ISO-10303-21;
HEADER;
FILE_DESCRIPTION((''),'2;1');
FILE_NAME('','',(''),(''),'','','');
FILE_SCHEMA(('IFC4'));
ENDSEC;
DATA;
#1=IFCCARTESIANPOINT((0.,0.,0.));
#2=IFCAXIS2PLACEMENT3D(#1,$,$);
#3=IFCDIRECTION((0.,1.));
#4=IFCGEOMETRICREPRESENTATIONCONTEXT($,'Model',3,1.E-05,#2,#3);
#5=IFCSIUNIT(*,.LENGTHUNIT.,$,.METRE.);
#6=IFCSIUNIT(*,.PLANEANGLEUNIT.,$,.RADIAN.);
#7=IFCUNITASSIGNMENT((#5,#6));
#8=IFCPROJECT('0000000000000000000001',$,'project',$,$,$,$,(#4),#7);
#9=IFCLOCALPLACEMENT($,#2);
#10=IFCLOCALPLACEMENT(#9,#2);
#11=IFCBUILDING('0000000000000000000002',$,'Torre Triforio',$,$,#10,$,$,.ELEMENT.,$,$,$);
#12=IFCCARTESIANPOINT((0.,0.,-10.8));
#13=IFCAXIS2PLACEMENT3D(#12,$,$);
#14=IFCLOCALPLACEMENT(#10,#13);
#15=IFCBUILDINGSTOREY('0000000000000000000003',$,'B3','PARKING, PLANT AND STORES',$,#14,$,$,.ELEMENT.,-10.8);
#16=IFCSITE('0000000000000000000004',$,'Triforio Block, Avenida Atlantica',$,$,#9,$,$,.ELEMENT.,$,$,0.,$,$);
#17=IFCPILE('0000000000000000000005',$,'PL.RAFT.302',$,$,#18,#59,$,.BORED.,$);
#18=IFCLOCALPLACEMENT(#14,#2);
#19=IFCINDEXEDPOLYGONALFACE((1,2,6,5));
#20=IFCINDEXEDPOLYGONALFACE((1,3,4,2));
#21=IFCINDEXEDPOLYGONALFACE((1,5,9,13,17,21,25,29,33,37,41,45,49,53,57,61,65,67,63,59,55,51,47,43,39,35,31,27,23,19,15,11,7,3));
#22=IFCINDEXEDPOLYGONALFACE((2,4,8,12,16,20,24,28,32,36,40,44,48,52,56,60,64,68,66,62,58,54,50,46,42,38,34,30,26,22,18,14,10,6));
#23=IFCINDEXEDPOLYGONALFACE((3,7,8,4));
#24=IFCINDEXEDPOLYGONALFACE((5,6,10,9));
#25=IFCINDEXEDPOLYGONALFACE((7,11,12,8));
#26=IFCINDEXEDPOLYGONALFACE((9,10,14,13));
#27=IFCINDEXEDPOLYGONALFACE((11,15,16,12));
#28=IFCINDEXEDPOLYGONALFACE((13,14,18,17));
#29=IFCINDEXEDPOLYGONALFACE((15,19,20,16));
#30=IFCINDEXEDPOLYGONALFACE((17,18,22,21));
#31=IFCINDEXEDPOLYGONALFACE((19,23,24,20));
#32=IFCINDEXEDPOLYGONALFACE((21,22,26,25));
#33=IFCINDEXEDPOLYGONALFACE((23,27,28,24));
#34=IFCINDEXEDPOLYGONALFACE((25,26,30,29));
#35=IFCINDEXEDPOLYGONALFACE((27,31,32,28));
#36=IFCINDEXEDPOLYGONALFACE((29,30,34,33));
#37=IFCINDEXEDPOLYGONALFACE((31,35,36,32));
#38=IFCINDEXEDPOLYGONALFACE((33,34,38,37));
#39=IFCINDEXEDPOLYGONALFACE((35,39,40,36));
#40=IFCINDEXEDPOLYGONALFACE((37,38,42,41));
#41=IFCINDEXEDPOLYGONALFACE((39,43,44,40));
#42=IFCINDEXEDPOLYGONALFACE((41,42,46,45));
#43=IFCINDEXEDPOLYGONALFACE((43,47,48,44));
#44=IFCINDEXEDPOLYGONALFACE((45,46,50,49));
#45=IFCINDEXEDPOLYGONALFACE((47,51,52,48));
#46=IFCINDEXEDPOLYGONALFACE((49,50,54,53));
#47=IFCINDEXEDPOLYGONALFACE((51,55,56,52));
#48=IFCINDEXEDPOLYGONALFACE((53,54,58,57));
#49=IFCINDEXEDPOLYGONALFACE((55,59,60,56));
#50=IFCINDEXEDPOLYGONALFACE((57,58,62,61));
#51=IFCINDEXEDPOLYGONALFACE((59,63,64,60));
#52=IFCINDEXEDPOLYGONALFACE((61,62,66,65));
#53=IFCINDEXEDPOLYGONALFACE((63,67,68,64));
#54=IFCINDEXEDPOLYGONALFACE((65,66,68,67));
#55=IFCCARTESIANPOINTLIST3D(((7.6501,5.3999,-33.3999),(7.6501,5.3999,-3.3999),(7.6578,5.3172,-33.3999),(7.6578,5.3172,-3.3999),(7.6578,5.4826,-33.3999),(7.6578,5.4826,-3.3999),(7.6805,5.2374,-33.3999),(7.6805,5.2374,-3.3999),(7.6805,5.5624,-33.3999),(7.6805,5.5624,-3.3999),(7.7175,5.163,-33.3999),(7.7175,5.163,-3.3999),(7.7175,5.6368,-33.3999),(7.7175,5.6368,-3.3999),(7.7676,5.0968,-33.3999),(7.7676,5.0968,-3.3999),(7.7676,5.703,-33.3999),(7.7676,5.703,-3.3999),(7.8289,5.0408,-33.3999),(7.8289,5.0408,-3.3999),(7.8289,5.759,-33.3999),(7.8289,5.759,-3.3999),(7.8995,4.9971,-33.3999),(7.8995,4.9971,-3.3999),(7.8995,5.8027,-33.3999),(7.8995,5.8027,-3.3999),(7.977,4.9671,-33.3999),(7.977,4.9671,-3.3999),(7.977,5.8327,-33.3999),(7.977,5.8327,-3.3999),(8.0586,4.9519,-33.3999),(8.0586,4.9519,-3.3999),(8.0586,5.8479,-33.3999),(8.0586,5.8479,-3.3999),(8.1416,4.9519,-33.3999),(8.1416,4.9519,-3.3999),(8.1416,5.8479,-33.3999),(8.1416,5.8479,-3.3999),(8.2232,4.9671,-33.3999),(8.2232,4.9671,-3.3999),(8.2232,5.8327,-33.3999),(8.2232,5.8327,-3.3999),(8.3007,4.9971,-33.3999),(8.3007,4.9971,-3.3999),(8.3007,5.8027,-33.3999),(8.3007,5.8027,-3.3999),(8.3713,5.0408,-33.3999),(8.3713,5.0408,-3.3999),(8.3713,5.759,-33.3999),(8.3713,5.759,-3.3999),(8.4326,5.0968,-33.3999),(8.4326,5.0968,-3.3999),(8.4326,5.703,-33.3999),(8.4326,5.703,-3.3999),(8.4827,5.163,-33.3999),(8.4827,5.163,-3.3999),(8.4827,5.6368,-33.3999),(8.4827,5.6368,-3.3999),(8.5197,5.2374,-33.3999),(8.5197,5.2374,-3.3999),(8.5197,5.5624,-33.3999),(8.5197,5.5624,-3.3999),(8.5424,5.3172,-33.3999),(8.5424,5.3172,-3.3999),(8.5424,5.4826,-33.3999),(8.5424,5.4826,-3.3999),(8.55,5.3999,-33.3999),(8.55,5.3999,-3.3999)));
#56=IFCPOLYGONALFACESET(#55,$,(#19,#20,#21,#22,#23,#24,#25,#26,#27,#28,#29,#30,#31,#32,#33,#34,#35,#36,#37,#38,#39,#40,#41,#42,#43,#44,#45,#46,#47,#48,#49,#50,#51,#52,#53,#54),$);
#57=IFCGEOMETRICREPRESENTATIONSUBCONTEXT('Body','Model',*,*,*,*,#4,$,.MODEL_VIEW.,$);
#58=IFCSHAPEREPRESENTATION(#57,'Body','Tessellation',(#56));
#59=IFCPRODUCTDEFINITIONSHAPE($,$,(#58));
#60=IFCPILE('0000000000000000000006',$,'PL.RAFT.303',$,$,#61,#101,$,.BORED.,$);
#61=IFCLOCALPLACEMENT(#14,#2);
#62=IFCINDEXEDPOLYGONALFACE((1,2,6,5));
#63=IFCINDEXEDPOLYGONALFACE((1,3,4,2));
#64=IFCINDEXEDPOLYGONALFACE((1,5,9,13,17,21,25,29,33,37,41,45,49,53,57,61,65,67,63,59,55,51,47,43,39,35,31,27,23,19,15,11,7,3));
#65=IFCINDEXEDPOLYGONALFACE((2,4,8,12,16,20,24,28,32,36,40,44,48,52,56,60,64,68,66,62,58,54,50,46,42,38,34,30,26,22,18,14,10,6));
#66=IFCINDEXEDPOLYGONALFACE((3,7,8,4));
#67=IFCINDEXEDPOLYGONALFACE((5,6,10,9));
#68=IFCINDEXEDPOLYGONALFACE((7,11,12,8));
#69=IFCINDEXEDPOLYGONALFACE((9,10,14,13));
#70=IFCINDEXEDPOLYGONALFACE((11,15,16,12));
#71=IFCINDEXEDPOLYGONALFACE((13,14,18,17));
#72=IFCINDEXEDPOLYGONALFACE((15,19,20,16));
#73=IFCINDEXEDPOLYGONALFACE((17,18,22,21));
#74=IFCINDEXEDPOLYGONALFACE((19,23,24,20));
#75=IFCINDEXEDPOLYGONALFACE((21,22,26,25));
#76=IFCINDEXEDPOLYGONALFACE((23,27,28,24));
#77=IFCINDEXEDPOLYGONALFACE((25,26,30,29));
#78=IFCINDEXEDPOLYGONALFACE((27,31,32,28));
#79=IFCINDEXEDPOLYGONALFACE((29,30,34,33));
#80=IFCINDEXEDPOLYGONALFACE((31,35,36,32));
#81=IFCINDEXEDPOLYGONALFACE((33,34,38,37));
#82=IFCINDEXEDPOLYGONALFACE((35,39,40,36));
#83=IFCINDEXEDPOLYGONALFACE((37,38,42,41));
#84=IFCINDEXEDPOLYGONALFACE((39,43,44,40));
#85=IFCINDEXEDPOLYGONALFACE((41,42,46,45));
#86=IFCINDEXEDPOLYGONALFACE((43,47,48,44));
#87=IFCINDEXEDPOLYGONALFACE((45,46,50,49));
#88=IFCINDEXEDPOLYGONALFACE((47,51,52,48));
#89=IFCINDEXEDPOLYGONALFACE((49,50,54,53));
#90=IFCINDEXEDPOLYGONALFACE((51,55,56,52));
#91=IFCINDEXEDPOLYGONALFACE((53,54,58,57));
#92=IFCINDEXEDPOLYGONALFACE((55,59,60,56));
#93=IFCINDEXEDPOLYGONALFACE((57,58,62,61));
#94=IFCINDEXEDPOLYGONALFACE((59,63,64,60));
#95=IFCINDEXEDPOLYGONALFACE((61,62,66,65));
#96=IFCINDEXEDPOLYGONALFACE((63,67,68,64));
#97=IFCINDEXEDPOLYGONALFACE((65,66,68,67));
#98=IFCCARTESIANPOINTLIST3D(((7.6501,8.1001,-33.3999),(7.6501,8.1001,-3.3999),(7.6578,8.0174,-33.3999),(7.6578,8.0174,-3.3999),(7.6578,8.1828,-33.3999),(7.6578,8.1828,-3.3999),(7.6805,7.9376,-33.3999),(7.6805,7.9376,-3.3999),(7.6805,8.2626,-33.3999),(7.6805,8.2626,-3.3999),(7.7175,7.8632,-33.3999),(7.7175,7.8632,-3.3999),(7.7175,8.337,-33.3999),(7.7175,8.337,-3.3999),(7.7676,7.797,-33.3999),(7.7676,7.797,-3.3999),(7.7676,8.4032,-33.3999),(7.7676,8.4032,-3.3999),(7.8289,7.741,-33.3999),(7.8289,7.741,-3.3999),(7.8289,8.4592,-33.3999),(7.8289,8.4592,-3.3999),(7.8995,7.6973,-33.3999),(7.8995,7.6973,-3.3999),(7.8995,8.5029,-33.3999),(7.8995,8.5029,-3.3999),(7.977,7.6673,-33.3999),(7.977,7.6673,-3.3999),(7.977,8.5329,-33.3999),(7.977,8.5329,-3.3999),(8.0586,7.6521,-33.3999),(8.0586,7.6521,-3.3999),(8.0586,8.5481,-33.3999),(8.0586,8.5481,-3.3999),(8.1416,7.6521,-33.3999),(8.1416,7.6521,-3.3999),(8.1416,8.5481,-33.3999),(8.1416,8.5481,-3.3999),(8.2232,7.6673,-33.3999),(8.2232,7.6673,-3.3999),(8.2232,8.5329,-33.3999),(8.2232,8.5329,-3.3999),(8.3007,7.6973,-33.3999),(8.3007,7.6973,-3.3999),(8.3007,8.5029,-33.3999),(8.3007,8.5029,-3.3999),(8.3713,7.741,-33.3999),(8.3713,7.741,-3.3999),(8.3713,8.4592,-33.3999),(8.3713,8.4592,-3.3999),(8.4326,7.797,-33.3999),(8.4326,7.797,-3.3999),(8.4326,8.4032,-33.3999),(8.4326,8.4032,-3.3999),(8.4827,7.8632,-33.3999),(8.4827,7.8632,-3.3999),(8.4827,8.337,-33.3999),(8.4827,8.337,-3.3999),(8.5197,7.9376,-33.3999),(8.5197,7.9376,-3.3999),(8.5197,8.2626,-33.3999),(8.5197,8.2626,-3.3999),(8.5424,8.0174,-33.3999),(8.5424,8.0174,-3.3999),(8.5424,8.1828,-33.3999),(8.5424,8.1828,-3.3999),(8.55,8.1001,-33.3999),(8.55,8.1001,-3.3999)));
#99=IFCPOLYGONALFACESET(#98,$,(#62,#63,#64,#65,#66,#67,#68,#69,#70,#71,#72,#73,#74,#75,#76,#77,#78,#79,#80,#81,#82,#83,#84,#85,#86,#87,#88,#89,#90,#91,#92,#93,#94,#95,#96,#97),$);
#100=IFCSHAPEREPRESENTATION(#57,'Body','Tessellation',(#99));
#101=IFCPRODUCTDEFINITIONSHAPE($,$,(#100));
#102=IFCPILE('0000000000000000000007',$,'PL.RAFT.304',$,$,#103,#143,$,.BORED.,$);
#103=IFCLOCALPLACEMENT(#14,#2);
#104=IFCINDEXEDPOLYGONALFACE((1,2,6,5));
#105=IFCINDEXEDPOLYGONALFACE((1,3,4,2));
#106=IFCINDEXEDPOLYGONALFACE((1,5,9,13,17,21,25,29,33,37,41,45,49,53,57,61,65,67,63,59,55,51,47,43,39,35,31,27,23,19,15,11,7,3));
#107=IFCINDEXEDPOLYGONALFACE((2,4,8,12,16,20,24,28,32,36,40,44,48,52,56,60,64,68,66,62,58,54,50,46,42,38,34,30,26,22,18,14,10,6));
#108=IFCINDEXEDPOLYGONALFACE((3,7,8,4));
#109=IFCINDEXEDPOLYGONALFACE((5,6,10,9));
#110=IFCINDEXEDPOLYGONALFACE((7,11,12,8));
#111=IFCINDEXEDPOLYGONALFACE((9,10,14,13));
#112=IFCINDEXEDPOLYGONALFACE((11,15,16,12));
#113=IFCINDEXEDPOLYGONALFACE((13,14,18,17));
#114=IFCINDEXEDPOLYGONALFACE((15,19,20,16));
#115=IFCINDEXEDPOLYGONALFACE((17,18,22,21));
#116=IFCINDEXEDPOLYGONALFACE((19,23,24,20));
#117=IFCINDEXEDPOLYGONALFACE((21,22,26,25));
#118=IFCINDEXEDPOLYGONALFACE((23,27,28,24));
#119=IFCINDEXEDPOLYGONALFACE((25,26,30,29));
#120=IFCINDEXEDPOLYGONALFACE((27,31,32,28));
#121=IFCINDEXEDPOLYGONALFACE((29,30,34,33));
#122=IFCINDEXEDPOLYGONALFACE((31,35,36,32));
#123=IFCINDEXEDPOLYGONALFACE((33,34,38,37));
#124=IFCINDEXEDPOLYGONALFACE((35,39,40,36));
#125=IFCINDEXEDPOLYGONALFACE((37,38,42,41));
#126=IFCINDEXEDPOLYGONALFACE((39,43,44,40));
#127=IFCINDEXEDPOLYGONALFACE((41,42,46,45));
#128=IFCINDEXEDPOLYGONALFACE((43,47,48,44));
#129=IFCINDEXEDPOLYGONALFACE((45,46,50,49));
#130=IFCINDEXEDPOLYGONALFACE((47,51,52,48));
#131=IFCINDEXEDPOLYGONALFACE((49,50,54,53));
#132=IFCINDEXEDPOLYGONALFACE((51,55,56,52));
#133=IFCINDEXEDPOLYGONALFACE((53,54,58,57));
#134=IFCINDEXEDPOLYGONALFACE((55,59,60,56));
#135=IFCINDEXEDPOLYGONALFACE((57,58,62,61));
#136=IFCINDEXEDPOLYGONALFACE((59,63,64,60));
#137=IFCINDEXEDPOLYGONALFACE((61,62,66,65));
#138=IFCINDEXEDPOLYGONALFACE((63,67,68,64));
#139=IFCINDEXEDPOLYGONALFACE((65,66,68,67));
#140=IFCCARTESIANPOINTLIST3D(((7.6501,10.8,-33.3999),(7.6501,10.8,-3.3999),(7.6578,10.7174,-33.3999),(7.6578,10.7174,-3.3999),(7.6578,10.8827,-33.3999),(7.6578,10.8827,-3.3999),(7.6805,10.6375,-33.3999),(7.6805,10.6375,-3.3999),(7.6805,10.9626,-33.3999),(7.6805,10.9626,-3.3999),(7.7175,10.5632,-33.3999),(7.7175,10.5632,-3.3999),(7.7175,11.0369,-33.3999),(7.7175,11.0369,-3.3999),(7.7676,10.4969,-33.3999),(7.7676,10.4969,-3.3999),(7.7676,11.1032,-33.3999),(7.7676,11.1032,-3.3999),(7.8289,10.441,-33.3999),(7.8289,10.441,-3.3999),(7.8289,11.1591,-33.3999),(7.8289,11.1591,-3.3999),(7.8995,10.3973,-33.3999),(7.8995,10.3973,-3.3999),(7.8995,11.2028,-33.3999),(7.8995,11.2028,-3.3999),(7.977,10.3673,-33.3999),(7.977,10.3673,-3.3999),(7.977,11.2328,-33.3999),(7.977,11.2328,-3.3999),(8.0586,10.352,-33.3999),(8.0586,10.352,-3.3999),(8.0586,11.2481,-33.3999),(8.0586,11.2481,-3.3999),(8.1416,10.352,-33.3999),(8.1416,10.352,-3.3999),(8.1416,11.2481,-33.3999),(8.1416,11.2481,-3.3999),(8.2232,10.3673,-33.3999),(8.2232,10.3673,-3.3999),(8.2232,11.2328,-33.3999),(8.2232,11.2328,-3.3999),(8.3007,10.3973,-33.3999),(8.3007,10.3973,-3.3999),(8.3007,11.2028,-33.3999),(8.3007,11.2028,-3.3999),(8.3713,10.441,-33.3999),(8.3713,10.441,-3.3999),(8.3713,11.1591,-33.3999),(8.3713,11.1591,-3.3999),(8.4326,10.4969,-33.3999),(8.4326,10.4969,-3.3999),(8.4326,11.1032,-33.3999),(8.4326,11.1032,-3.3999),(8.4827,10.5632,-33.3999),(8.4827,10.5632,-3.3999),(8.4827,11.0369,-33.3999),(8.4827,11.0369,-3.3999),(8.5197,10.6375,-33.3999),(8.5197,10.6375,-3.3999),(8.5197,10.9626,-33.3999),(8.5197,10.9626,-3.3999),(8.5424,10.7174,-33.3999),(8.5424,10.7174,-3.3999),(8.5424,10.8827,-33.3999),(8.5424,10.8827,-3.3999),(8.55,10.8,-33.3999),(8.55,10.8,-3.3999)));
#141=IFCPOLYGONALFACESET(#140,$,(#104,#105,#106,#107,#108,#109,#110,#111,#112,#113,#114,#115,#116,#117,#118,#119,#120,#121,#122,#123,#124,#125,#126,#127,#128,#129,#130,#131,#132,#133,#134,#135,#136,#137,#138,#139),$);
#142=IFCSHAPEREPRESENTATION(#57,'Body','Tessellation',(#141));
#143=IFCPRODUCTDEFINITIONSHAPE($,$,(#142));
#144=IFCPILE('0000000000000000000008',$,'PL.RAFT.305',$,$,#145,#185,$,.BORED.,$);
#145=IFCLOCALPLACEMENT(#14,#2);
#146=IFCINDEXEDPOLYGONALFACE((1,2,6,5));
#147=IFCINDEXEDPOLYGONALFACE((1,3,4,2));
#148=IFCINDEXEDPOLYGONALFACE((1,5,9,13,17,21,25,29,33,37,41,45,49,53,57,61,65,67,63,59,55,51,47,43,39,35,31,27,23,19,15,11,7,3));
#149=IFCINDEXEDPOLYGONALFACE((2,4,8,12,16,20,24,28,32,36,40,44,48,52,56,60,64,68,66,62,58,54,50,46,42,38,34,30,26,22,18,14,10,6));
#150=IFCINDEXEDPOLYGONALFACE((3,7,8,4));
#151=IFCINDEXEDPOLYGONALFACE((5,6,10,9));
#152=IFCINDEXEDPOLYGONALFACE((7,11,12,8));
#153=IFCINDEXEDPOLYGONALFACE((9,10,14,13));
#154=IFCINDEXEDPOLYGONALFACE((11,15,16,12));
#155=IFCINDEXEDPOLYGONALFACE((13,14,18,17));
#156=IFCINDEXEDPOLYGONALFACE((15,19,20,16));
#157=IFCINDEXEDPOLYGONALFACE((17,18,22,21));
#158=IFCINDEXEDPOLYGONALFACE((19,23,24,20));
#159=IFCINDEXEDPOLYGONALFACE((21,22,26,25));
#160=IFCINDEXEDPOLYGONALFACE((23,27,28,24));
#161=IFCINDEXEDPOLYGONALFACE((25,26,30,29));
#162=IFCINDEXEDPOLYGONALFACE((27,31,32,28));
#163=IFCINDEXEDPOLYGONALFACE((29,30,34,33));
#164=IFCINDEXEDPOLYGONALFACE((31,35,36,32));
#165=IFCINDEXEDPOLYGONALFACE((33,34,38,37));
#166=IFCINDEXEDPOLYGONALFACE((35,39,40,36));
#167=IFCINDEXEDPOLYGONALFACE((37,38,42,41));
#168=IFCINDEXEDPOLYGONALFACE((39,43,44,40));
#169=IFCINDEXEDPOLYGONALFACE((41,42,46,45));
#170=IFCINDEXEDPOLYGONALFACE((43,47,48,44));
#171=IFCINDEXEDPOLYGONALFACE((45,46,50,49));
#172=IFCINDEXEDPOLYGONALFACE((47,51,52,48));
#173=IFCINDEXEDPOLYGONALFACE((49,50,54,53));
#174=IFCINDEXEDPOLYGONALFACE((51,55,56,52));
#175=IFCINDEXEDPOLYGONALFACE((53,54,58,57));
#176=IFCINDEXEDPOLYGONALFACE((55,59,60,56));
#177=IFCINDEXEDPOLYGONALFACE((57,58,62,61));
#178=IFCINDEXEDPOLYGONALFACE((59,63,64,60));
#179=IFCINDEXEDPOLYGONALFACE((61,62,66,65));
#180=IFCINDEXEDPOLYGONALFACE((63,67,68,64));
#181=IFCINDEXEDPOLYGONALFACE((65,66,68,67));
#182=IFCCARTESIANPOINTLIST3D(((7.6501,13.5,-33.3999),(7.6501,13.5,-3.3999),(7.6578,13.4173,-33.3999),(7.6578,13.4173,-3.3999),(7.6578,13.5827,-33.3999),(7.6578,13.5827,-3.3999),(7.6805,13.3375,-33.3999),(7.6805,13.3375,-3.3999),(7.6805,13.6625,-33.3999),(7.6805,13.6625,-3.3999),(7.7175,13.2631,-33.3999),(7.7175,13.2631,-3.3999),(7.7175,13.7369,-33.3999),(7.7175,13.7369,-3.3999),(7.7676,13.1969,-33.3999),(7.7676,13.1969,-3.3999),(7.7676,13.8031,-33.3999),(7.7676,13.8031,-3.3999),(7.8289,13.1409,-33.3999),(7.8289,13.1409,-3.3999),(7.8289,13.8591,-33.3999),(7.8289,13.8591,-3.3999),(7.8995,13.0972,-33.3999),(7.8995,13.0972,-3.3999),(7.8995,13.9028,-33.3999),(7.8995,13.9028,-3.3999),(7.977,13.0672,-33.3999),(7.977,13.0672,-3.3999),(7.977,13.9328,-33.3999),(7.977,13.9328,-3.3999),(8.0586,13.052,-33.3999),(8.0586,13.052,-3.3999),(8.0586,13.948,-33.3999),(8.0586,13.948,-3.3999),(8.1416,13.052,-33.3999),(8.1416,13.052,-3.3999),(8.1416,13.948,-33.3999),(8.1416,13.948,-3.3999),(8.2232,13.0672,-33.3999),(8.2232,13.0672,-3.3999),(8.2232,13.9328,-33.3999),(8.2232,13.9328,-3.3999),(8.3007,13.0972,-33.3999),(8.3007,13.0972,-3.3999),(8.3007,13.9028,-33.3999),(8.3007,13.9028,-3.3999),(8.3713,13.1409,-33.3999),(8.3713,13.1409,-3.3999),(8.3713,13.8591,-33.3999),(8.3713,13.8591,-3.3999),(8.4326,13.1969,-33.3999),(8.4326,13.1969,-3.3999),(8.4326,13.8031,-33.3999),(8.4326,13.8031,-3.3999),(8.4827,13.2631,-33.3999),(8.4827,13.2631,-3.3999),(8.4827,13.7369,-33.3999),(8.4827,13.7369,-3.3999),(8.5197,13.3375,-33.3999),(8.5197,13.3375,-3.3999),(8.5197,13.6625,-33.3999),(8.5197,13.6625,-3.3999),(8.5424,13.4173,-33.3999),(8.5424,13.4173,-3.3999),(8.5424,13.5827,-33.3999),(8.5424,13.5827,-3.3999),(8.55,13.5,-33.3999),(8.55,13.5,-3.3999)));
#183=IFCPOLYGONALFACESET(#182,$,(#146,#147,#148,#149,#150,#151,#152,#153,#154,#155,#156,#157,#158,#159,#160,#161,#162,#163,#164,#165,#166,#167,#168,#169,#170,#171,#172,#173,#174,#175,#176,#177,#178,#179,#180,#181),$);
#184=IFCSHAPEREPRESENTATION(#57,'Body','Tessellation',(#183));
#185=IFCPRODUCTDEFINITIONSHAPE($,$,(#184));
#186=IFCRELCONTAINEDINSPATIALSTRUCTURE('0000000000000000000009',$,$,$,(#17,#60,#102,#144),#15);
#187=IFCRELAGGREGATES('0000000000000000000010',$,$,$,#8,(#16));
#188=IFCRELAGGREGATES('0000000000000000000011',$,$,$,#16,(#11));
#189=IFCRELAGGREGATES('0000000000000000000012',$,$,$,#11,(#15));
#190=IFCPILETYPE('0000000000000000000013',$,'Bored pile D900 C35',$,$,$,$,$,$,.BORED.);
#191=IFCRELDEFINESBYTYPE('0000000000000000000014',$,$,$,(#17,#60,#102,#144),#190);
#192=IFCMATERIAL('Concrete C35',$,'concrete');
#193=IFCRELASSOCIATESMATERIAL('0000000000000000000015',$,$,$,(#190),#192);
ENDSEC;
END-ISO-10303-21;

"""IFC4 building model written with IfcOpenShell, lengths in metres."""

from ifc_helpers import new_model, si_unit, direction, frame, origin, origin_2d, place, context, subcontext, project, spatial, circle, extrude, material, material_profile, profile_set, type_object, element, save


model = new_model("IFC4")

# Units and contexts
model_context = context("Model", 3, precision=1e-05, world=origin(), true_north=direction((0.0, 1.0)))
body_context = subcontext(model_context, "Body", "Model", "MODEL_VIEW")
ifc_project = project(units=[si_unit("LENGTHUNIT", "METRE"), si_unit("PLANEANGLEUNIT", "RADIAN")], contexts=[model_context])

# Site, building, storey
site_placement = place(None, origin())
site = spatial("IfcSite", under=ifc_project, at=site_placement, Name="Triforio Block, Avenida Atlantica", CompositionType="ELEMENT", RefElevation=0.0)
building_placement = place(site_placement, origin())
building = spatial("IfcBuilding", under=site, at=building_placement, Name="Torre Triforio", CompositionType="ELEMENT")
storey_placement = place(building_placement, frame((0.0, 0.0, -10.8)))
storey = spatial("IfcBuildingStorey", under=building, at=storey_placement, Name="B3", Description="PARKING, PLANT AND STORES", CompositionType="ELEMENT", Elevation=-10.8)

# Piles
ifc_material_1 = material(Name="Concrete C35", Category="concrete")
ifc_material_profile = material_profile(ifc_material_1, circle(Radius=0.45, at=origin_2d()), Name="RC D900")
ifc_profile_set = profile_set([ifc_material_profile], Name="Concrete C35")
pile_type = type_object("IfcPileType", Name="Bored pile D900 C35", PredefinedType="BORED", material=ifc_profile_set)
for number, where, z_axis, x_axis, name in (
    (1, (8.1001, 5.3999, -3.3999), (0.0, 0.0, -1.0), (1.0, 0.0, 0.0), "PL.RAFT.302"),
    (2, (8.1001, 8.1001, -3.3999), (0.0, 0.0, -1.0), (1.0, 0.0, 0.0), "PL.RAFT.303"),
    (3, (8.1001, 10.8, -3.3999), (0.0, 0.0, -1.0), (1.0, 0.0, 0.0), "PL.RAFT.304"),
    (4, (8.1001, 13.5, -3.3999), (0.0, 0.0, -1.0), (1.0, 0.0, 0.0), "PL.RAFT.305"),
):
    element("IfcPile", number, at=place(storey_placement, frame(where, z_axis=z_axis, x_axis=x_axis)), inside=storey, type_object=pile_type, Name=name, PredefinedType="BORED", context=body_context, shape_type="SweptSolid", body=[
        extrude(circle(Radius=0.45, at=origin_2d()), origin(), (0.0, 0.0, 1.0), 30.0),
    ])

save(model, "model.ifc")
